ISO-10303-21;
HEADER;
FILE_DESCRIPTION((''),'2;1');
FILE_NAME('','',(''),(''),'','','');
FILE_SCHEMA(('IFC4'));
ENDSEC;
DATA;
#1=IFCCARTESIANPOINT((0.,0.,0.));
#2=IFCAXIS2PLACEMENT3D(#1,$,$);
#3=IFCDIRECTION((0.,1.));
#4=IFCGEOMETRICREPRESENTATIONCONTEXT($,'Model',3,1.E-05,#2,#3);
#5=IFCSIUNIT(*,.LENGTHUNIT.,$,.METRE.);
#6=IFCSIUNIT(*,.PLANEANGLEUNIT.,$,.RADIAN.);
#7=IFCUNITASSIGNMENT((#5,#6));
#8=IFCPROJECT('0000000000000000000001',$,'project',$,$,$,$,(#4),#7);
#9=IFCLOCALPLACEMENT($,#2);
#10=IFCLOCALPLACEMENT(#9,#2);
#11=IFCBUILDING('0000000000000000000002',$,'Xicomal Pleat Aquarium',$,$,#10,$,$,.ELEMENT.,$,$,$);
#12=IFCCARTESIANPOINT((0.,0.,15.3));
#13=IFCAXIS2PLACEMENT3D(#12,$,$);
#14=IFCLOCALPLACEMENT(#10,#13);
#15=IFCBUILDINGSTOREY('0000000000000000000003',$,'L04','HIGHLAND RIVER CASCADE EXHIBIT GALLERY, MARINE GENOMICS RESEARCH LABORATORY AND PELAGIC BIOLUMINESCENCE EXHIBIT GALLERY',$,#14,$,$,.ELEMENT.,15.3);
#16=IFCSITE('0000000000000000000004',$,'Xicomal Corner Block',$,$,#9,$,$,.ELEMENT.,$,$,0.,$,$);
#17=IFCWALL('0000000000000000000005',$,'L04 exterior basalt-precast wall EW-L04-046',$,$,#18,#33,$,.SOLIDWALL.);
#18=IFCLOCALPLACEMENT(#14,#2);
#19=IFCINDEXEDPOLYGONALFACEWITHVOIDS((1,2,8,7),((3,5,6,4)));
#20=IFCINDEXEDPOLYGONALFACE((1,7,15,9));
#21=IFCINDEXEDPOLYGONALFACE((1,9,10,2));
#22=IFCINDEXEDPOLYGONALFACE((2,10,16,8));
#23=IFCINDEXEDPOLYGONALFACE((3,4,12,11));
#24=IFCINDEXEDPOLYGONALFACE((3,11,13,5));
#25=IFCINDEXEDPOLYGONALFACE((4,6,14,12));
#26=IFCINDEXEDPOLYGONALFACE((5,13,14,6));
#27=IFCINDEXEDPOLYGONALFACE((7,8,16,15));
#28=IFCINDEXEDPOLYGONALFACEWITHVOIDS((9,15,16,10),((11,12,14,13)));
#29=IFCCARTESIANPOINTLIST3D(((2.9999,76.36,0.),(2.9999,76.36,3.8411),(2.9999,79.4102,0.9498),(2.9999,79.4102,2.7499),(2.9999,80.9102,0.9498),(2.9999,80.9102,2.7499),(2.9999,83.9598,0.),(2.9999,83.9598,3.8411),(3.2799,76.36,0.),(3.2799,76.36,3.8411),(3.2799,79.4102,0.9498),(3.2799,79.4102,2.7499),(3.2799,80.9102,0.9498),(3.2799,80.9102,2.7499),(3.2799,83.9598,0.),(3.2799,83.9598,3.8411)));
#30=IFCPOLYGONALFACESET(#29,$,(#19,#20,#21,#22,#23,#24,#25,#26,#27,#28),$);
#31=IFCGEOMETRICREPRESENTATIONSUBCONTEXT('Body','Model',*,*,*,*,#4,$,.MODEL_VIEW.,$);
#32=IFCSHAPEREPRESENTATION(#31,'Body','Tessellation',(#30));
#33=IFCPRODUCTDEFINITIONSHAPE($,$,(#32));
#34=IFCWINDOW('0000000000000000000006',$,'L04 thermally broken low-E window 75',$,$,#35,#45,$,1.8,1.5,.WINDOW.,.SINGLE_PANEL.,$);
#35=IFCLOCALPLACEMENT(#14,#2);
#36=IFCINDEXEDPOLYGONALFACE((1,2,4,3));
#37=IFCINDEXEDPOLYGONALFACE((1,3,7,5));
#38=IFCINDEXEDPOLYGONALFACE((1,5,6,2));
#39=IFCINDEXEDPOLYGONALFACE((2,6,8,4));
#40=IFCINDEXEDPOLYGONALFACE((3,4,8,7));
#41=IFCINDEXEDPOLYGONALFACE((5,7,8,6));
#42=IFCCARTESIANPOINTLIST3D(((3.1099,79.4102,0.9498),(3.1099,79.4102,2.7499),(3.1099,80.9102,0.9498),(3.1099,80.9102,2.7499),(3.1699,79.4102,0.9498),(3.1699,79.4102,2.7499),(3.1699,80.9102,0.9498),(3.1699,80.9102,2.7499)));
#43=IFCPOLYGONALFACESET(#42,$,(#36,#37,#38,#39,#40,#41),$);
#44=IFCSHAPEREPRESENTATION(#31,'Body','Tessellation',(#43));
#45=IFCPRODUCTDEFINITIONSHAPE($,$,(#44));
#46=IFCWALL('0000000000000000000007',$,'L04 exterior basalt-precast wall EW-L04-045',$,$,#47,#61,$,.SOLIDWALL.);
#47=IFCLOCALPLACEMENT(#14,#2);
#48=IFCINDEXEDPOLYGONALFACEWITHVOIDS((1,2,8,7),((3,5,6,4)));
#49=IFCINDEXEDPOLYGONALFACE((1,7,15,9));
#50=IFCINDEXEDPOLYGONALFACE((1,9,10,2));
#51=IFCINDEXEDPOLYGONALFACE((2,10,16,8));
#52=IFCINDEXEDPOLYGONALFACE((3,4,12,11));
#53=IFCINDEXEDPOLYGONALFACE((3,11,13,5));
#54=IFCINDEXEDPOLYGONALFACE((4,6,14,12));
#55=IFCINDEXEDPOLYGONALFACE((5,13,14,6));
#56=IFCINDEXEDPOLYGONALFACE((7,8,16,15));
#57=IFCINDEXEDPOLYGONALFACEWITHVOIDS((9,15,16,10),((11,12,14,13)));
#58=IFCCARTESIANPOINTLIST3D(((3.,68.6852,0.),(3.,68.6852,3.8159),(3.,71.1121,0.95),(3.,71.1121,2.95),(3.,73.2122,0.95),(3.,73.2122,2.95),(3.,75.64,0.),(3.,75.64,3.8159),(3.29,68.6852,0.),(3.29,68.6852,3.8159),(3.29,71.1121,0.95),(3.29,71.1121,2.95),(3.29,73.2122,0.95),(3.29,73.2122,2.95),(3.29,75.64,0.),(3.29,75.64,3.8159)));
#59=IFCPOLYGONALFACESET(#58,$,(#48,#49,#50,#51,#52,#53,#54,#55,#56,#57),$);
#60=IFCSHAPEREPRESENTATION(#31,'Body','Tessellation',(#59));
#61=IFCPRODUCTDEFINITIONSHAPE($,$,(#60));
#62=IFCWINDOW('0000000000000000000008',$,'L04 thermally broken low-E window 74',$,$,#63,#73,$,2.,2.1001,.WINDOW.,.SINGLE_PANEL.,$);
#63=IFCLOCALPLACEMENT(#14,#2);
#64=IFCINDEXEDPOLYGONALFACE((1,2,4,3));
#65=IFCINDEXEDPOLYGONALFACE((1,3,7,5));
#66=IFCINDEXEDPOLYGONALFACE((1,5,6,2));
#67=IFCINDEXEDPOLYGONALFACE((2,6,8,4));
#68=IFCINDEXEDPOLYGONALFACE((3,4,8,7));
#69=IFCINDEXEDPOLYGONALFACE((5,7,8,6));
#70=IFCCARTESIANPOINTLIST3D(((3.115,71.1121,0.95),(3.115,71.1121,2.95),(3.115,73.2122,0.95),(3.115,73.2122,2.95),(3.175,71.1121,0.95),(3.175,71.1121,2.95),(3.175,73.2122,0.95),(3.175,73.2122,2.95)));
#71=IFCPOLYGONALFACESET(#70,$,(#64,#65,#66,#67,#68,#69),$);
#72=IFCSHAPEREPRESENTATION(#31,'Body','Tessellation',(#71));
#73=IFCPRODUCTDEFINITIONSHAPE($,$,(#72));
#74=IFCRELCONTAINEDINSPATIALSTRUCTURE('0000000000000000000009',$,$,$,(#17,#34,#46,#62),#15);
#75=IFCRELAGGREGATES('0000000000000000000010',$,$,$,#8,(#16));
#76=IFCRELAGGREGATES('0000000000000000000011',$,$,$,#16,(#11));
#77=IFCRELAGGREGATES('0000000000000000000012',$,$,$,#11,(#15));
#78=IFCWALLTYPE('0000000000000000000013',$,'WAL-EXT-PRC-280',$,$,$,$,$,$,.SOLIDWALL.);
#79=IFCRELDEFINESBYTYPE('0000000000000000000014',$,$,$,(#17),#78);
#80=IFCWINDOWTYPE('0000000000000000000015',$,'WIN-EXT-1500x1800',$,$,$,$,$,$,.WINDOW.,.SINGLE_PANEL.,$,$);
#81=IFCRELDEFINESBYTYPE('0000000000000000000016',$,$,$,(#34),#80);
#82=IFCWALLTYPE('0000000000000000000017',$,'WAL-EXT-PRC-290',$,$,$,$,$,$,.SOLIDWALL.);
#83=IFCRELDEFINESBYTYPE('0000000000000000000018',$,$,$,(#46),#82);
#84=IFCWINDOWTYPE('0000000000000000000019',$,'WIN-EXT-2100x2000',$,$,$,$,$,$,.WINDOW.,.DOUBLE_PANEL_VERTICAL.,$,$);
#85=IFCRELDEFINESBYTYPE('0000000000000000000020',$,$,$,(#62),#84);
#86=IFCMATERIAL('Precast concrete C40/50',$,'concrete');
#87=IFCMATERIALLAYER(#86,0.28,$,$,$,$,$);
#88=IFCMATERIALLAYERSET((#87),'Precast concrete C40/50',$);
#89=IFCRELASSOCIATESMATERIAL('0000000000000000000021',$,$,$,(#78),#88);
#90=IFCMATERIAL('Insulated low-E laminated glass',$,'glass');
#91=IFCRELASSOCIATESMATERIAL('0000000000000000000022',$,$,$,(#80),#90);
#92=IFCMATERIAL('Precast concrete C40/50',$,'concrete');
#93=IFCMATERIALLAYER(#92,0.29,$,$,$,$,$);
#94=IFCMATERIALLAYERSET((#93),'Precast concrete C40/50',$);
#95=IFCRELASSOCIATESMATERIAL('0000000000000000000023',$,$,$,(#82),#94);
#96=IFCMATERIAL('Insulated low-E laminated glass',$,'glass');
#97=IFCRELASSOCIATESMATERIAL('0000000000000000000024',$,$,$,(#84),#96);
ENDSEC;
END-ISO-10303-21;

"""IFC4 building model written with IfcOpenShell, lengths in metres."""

from ifc_helpers import new_model, si_unit, direction, frame, frame_2d, origin, place, context, subcontext, project, spatial, rectangle, extrude, material, layer, layer_set, type_object, element, fill, save


model = new_model("IFC4")

# Units and contexts
model_context = context("Model", 3, precision=1e-05, world=origin(), true_north=direction((0.0, 1.0)))
body_context = subcontext(model_context, "Body", "Model", "MODEL_VIEW")
ifc_project = project(units=[si_unit("LENGTHUNIT", "METRE"), si_unit("PLANEANGLEUNIT", "RADIAN")], contexts=[model_context])

# Site, building, storey
site_placement = place(None, origin())
site = spatial("IfcSite", under=ifc_project, at=site_placement, Name="Xicomal Corner Block", CompositionType="ELEMENT", RefElevation=0.0)
building_placement = place(site_placement, origin())
building = spatial("IfcBuilding", under=site, at=building_placement, Name="Xicomal Pleat Aquarium", CompositionType="ELEMENT")
storey_placement = place(building_placement, frame((0.0, 0.0, 15.3)))
storey = spatial("IfcBuildingStorey", under=building, at=storey_placement, Name="L04", Description="HIGHLAND RIVER CASCADE EXHIBIT GALLERY, MARINE GENOMICS RESEARCH LABORATORY AND PELAGIC BIOLUMINESCENCE EXHIBIT GALLERY", CompositionType="ELEMENT", Elevation=15.3)

# Walls, openings, windows
ifc_material_1 = material(Name="Precast concrete C40/50", Category="concrete")
ifc_layer_1 = layer(ifc_material_1, 0.28)
ifc_layer_set_1 = layer_set([ifc_layer_1], Name="Precast concrete C40/50")
wall_type_1 = type_object("IfcWallType", Name="WAL-EXT-PRC-280", PredefinedType="SOLIDWALL", material=ifc_layer_set_1)
wall_1_placement = place(storey_placement, frame((3.1399, 76.3601, 0.0), z_axis=(0.0, 0.0, 1.0), x_axis=(0.0, 1.0, 0.0)))
wall_1 = element("IfcWall", 1, at=wall_1_placement, inside=storey, type_object=wall_type_1, Name="L04 exterior basalt-precast wall EW-L04-046", PredefinedType="SOLIDWALL", context=body_context, shape_type="SweptSolid", body=[
    extrude(rectangle(XDim=7.5999, YDim=0.28, at=frame_2d((3.7998, 0.0))), origin(), (0.0, 0.0, 1.0), 3.8411),
])
opening_1_placement = place(wall_1_placement, frame((3.05, 0.0, 0.95)))
opening_1 = element("IfcOpeningElement", 2, at=opening_1_placement, cuts=wall_1, PredefinedType="OPENING", context=body_context, shape_type="SweptSolid", body=[
    extrude(rectangle(XDim=1.5, YDim=1.8, at=frame_2d((0.75, 0.8999))), frame((0.0, 0.1499, 0.0), z_axis=(0.0, -1.0, 0.0), x_axis=(1.0, 0.0, 0.0)), (0.0, 0.0, 1.0), 0.3),
])
ifc_material_2 = material(Name="Insulated low-E laminated glass", Category="glass")
window_type_1 = type_object("IfcWindowType", Name="WIN-EXT-1500x1800", PartitioningType="SINGLE_PANEL", PredefinedType="WINDOW", material=ifc_material_2)
window_1_placement = place(opening_1_placement, origin())
window_1 = element("IfcWindow", 3, at=window_1_placement, inside=storey, type_object=window_type_1, Name="L04 thermally broken low-E window 75", OverallHeight=1.8, OverallWidth=1.5, PartitioningType="SINGLE_PANEL", PredefinedType="WINDOW", context=body_context, shape_type="SweptSolid", body=[
    extrude(rectangle(XDim=1.5, YDim=1.8, at=frame_2d((0.75, 0.8999))), frame((0.0, 0.03, 0.0), z_axis=(0.0, -1.0, 0.0), x_axis=(1.0, 0.0, 0.0)), (0.0, 0.0, 1.0), 0.0601),
])
fill(opening_1, window_1)
ifc_material_3 = material(Name="Precast concrete C40/50", Category="concrete")
ifc_layer_2 = layer(ifc_material_3, 0.29)
ifc_layer_set_2 = layer_set([ifc_layer_2], Name="Precast concrete C40/50")
wall_type_2 = type_object("IfcWallType", Name="WAL-EXT-PRC-290", PredefinedType="SOLIDWALL", material=ifc_layer_set_2)
wall_2_placement = place(storey_placement, frame((3.145, 68.6851, 0.0), z_axis=(0.0, 0.0, 1.0), x_axis=(0.0, 1.0, 0.0)))
wall_2 = element("IfcWall", 4, at=wall_2_placement, inside=storey, type_object=wall_type_2, Name="L04 exterior basalt-precast wall EW-L04-045", PredefinedType="SOLIDWALL", context=body_context, shape_type="SweptSolid", body=[
    extrude(rectangle(XDim=6.9548, YDim=0.29, at=frame_2d((3.4775, 0.0))), origin(), (0.0, 0.0, 1.0), 3.8159),
])
opening_2_placement = place(wall_2_placement, frame((2.427, 0.0, 0.95)))
opening_2 = element("IfcOpeningElement", 5, at=opening_2_placement, cuts=wall_2, PredefinedType="OPENING", context=body_context, shape_type="SweptSolid", body=[
    extrude(rectangle(XDim=2.1001, YDim=2.0, at=frame_2d((1.05, 1.0))), frame((0.0, 0.155, 0.0), z_axis=(0.0, -1.0, 0.0), x_axis=(1.0, 0.0, 0.0)), (0.0, 0.0, 1.0), 0.3101),
])
ifc_material_4 = material(Name="Insulated low-E laminated glass", Category="glass")
window_type_2 = type_object("IfcWindowType", Name="WIN-EXT-2100x2000", PartitioningType="DOUBLE_PANEL_VERTICAL", PredefinedType="WINDOW", material=ifc_material_4)
window_2_placement = place(opening_2_placement, origin())
window_2 = element("IfcWindow", 6, at=window_2_placement, inside=storey, type_object=window_type_2, Name="L04 thermally broken low-E window 74", OverallHeight=2.0, OverallWidth=2.1001, PartitioningType="SINGLE_PANEL", PredefinedType="WINDOW", context=body_context, shape_type="SweptSolid", body=[
    extrude(rectangle(XDim=2.1001, YDim=2.0, at=frame_2d((1.05, 1.0))), frame((0.0, 0.03, 0.0), z_axis=(0.0, -1.0, 0.0), x_axis=(1.0, 0.0, 0.0)), (0.0, 0.0, 1.0), 0.0601),
])
fill(opening_2, window_2)

save(model, "model.ifc")
